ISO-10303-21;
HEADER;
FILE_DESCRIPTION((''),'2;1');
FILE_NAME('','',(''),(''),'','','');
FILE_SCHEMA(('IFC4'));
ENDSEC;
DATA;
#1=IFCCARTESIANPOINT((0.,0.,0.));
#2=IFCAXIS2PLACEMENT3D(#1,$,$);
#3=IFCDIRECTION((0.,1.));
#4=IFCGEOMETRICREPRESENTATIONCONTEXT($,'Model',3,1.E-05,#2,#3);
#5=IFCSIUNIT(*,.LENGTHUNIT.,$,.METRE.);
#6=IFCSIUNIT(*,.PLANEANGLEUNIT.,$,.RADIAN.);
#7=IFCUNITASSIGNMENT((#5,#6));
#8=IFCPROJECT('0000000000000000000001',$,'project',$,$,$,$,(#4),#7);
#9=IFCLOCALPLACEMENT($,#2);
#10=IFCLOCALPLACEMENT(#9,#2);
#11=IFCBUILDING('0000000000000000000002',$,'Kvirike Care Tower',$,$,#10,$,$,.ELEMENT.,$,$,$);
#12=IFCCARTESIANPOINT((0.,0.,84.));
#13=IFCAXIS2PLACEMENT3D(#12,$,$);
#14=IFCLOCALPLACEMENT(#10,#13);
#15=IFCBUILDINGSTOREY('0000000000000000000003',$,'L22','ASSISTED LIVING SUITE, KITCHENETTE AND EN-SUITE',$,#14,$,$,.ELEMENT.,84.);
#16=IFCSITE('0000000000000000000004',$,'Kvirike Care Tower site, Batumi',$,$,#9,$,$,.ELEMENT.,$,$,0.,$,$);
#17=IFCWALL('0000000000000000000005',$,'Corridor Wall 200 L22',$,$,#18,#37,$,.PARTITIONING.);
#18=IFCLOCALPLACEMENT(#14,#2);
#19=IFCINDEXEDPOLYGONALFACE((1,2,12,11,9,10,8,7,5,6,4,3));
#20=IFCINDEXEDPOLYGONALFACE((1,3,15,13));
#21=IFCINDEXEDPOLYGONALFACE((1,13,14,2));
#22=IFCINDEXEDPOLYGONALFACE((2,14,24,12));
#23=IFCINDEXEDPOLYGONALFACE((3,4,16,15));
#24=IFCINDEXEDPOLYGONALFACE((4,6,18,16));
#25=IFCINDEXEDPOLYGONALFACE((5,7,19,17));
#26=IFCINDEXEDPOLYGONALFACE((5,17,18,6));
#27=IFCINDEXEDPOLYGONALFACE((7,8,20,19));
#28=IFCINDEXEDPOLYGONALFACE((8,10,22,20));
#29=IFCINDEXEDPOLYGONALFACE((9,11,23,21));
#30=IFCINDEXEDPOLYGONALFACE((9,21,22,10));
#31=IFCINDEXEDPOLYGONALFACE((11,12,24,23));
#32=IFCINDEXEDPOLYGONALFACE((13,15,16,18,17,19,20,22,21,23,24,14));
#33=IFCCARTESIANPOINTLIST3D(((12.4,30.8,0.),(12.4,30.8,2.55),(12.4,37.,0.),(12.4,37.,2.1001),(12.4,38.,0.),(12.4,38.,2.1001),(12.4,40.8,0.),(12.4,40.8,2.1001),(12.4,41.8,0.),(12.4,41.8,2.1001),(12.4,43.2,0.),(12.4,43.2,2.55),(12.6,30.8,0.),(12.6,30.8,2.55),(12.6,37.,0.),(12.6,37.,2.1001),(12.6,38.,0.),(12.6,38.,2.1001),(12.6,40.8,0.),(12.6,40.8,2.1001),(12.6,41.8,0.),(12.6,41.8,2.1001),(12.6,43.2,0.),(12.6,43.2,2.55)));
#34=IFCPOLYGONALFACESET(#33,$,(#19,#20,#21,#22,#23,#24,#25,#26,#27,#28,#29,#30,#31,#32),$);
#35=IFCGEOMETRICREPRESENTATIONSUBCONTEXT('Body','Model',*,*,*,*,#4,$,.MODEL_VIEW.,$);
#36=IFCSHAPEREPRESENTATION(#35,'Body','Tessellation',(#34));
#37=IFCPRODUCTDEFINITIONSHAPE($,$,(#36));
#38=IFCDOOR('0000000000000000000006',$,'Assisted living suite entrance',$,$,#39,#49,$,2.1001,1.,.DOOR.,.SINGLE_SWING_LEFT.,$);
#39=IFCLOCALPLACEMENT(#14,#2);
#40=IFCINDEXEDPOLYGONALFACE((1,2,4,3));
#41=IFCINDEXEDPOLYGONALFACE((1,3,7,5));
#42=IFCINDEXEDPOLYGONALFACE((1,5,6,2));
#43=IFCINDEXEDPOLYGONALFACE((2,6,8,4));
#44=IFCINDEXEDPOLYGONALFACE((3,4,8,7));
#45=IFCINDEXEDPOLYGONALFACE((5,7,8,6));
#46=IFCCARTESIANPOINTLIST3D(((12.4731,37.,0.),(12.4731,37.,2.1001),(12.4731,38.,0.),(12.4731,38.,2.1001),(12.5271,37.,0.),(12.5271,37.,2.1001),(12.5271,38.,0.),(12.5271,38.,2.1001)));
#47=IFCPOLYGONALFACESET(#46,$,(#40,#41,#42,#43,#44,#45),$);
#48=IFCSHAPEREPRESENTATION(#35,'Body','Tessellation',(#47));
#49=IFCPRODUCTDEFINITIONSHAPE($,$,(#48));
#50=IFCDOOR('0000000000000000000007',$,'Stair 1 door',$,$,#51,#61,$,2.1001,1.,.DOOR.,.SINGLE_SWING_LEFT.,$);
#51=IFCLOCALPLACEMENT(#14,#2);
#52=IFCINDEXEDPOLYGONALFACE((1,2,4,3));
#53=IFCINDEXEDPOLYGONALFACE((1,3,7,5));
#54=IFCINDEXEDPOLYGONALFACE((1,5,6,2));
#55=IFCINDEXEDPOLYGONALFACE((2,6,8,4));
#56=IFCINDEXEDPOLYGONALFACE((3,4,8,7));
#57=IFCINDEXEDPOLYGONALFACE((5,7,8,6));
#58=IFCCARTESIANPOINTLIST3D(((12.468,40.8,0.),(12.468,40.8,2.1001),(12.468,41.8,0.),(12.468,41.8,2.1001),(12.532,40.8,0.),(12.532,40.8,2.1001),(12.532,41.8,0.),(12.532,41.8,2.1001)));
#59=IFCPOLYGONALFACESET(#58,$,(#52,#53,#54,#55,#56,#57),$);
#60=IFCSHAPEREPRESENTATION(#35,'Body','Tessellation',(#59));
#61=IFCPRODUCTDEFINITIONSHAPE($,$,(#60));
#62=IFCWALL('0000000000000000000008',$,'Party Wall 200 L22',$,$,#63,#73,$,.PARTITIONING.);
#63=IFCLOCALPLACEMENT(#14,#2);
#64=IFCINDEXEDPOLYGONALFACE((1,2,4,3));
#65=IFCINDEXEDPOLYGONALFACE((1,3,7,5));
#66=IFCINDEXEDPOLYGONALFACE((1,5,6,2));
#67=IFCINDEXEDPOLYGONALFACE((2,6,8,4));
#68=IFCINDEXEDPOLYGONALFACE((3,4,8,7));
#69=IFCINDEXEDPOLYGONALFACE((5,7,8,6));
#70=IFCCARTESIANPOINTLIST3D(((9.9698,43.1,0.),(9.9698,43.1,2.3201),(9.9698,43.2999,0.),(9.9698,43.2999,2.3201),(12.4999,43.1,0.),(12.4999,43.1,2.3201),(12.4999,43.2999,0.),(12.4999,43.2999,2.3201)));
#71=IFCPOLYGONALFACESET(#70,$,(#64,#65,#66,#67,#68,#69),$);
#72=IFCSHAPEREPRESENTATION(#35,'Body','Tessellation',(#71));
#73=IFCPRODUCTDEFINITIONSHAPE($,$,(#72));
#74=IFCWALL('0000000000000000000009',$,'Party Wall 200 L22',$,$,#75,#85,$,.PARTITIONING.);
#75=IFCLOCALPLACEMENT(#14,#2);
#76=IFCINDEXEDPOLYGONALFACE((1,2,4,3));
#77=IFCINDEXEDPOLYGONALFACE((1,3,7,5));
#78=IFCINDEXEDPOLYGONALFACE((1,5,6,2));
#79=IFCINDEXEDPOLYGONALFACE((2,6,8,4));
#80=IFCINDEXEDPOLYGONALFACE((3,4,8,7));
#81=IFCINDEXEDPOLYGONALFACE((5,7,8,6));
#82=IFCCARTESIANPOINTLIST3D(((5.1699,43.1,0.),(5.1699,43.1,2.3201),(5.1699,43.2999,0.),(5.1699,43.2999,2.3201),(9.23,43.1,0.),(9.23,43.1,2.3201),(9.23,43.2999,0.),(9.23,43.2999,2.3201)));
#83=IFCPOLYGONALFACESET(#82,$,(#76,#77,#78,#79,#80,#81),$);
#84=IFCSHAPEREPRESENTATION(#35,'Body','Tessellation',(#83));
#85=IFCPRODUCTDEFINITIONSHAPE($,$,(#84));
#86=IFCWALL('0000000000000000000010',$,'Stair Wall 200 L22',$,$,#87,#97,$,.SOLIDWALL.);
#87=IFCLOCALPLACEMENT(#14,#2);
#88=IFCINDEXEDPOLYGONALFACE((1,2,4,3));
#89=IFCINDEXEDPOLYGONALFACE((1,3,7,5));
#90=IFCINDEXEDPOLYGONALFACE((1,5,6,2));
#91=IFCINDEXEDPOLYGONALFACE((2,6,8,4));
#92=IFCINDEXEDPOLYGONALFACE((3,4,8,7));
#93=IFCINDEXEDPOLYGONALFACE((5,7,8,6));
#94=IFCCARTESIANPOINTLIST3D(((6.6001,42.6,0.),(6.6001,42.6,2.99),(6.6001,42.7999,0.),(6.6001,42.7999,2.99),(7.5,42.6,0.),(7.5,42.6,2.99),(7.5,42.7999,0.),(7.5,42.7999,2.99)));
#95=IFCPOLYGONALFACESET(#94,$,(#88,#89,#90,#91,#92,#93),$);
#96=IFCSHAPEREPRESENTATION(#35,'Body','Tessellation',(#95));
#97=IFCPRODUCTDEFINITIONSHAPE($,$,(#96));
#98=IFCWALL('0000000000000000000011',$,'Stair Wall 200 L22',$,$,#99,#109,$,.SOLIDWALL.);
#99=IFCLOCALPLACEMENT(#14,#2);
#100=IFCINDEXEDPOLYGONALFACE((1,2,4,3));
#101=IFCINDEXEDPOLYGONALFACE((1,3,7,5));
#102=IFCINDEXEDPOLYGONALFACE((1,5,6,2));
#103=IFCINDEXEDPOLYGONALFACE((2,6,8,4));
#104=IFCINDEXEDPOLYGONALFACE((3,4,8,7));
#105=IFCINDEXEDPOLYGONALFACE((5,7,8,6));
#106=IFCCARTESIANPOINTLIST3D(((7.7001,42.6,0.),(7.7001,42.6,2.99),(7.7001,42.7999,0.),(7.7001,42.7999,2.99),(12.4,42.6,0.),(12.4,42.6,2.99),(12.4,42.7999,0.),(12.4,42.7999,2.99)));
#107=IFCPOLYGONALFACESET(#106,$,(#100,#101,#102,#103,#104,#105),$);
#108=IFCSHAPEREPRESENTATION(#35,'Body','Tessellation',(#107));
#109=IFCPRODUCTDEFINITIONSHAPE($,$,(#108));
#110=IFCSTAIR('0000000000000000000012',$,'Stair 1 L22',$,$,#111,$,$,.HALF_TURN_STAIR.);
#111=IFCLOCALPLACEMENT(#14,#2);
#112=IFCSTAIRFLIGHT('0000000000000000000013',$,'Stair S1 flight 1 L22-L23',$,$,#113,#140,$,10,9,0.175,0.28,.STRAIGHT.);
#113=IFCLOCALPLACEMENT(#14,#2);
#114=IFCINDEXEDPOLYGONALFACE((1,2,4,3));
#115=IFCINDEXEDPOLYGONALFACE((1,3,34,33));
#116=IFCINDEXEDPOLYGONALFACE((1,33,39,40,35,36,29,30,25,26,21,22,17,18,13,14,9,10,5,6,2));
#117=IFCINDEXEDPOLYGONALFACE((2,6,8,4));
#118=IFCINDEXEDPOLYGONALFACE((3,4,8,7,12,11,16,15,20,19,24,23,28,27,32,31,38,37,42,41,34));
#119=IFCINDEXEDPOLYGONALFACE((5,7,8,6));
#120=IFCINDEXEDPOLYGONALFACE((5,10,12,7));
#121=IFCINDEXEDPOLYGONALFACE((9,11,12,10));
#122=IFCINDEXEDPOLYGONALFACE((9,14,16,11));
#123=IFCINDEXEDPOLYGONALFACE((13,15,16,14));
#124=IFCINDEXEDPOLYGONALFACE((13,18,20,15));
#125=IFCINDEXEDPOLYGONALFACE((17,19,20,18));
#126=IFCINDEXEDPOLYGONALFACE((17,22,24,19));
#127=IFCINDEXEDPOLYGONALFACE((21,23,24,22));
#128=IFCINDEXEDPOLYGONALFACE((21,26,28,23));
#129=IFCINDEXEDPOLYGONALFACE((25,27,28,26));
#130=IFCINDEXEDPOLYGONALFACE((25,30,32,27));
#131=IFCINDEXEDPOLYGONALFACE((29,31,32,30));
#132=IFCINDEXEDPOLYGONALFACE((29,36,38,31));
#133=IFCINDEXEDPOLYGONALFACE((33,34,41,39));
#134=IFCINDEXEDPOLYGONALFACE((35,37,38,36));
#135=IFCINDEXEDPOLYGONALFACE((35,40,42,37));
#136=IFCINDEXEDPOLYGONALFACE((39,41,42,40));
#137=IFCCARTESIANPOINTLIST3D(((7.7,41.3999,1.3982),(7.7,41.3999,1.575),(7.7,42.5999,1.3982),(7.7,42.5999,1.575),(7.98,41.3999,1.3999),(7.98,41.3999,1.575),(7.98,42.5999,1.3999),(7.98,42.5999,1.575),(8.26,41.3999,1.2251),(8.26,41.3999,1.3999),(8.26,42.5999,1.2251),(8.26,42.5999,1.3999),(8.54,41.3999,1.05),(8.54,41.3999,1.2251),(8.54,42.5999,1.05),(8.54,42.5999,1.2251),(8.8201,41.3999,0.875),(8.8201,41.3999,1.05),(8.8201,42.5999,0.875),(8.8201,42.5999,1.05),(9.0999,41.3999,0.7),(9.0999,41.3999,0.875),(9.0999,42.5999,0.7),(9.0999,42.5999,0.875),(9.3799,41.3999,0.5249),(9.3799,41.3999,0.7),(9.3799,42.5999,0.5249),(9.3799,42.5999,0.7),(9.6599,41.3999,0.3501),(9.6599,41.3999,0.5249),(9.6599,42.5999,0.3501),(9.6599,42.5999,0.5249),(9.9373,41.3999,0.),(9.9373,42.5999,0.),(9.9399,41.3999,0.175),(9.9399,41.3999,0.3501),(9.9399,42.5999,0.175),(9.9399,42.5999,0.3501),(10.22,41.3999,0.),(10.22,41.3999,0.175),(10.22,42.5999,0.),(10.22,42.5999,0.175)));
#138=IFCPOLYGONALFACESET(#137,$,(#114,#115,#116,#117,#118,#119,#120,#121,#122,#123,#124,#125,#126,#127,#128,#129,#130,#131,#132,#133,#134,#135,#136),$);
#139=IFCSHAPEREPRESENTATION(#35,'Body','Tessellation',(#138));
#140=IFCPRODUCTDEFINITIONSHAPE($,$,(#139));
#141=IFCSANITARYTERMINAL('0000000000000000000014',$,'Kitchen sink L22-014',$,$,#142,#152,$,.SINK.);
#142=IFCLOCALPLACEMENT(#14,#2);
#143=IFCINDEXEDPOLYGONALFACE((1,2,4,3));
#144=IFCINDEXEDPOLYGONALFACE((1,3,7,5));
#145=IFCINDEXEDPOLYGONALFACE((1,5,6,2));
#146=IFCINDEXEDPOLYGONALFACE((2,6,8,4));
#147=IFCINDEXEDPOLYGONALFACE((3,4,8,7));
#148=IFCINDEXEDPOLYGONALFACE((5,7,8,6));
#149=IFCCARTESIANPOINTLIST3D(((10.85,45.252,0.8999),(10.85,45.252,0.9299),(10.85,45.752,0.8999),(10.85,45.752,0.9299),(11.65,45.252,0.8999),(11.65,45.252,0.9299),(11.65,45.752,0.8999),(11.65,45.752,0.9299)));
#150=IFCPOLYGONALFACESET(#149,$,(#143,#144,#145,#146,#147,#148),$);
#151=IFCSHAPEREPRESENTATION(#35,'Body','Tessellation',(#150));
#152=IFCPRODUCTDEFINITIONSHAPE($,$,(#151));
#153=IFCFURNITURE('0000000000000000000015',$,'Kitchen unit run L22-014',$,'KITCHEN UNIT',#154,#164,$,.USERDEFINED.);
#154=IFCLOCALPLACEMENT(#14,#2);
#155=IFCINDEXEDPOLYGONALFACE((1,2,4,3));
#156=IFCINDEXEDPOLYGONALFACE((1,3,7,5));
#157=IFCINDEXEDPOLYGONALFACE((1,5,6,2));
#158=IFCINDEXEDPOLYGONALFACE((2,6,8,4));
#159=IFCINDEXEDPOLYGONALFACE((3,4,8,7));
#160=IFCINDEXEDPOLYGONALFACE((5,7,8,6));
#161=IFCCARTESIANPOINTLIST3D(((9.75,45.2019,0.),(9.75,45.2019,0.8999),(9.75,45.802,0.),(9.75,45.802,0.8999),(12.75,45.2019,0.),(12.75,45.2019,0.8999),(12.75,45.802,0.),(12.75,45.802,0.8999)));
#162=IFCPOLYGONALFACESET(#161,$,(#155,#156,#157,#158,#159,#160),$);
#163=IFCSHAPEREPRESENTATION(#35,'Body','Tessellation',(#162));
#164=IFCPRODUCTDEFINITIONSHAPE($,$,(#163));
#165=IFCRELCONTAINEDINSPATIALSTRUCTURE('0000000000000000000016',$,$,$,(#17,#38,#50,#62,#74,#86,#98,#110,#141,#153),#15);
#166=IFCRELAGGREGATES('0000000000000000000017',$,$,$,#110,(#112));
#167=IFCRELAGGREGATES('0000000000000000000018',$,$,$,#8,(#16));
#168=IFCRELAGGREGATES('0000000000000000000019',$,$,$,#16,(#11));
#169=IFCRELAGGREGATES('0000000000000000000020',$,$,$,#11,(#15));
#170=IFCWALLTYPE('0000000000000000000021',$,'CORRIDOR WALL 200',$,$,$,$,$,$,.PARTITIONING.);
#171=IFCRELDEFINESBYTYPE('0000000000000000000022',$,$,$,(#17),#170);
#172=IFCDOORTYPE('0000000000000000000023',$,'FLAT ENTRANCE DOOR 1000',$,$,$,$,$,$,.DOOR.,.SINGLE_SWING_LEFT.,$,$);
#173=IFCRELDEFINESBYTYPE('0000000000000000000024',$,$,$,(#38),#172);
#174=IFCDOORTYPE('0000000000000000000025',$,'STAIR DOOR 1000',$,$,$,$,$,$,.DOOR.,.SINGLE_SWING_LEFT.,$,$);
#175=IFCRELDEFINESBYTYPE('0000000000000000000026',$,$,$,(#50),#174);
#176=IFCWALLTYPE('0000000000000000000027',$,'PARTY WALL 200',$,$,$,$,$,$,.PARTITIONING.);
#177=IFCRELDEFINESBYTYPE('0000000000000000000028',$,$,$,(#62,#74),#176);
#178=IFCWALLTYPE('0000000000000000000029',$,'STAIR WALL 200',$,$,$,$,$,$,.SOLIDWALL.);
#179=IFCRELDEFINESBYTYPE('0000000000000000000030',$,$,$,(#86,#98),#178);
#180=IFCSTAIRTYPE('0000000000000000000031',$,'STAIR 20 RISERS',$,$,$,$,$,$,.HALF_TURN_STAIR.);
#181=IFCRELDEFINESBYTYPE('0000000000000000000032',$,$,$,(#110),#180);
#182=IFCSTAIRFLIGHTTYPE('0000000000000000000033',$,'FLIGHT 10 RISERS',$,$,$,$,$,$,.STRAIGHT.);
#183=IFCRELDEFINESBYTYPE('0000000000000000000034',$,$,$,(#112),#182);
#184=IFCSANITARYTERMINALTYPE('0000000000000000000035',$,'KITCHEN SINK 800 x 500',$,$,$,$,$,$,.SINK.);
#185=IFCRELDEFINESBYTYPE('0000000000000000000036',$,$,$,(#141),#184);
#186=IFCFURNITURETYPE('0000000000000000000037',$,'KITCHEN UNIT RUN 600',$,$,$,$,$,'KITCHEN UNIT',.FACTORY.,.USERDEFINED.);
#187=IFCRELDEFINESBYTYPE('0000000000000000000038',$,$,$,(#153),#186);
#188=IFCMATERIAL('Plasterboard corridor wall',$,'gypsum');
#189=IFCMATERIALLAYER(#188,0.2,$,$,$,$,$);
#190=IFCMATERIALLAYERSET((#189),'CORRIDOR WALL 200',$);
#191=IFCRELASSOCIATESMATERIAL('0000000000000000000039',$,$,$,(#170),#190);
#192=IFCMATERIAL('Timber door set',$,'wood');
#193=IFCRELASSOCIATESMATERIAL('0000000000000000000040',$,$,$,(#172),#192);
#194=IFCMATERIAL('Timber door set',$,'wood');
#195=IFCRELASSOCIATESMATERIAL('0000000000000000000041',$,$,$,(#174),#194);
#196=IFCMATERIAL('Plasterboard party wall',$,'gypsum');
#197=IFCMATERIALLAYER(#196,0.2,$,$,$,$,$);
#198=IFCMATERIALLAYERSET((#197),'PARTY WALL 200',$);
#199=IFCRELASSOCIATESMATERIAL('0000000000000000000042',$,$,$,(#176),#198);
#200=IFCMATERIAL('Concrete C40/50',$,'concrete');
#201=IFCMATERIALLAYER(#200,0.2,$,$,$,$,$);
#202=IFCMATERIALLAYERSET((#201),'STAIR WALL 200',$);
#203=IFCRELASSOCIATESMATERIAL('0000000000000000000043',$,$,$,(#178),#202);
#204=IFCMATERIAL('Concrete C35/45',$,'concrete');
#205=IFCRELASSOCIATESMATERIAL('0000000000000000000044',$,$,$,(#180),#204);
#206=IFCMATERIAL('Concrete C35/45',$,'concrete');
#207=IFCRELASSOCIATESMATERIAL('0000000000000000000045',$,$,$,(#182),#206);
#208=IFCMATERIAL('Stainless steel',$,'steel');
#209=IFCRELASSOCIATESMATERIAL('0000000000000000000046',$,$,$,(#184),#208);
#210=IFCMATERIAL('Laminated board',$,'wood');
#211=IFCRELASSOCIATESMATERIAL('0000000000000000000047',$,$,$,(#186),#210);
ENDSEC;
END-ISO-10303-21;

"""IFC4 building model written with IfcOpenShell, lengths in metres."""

from ifc_helpers import new_model, si_unit, direction, frame, frame_2d, origin, origin_2d, place, context, subcontext, project, spatial, polyline, rectangle, outline, extrude, material, layer, layer_set, type_object, element, fill, aggregate, save


model = new_model("IFC4")

# Units and contexts
model_context = context("Model", 3, precision=1e-05, world=origin(), true_north=direction((0.0, 1.0)))
body_context = subcontext(model_context, "Body", "Model", "MODEL_VIEW")
ifc_project = project(units=[si_unit("LENGTHUNIT", "METRE"), si_unit("PLANEANGLEUNIT", "RADIAN")], contexts=[model_context])

# Site, building, storey
site_placement = place(None, origin())
site = spatial("IfcSite", under=ifc_project, at=site_placement, Name="Kvirike Care Tower site, Batumi", CompositionType="ELEMENT", RefElevation=0.0)
building_placement = place(site_placement, origin())
building = spatial("IfcBuilding", under=site, at=building_placement, Name="Kvirike Care Tower", CompositionType="ELEMENT")
storey_placement = place(building_placement, frame((0.0, 0.0, 84.0)))
storey = spatial("IfcBuildingStorey", under=building, at=storey_placement, Name="L22", Description="ASSISTED LIVING SUITE, KITCHENETTE AND EN-SUITE", CompositionType="ELEMENT", Elevation=84.0)

# Wall, openings, doors
ifc_material_1 = material(Name="Plasterboard corridor wall", Category="gypsum")
ifc_layer_1 = layer(ifc_material_1, 0.2)
ifc_layer_set_1 = layer_set([ifc_layer_1], Name="CORRIDOR WALL 200")
wall_type_1 = type_object("IfcWallType", Name="CORRIDOR WALL 200", PredefinedType="PARTITIONING", material=ifc_layer_set_1)
wall_1_placement = place(storey_placement, frame((12.5, 43.2, 0.0), z_axis=(0.0, 0.0, 1.0), x_axis=(0.0, -1.0, 0.0)))
wall_1 = element("IfcWall", 1, at=wall_1_placement, inside=storey, type_object=wall_type_1, Name="Corridor Wall 200 L22", PredefinedType="PARTITIONING", context=body_context, shape_type="SweptSolid", body=[
    extrude(rectangle(XDim=12.3999, YDim=0.2, at=frame_2d((6.2, 0.0))), origin(), (0.0, 0.0, 1.0), 2.55),
])
opening_1_placement = place(wall_1_placement, frame((1.3999, 0.0, 0.0)))
opening_1 = element("IfcOpeningElement", 2, at=opening_1_placement, cuts=wall_1, PredefinedType="OPENING", context=body_context, shape_type="SweptSolid", body=[
    extrude(rectangle(XDim=1.0, YDim=2.1001, at=frame_2d((0.5, 1.05))), frame((0.0, 0.1106, 0.0), z_axis=(0.0, -1.0, 0.0), x_axis=(1.0, 0.0, 0.0)), (0.0, 0.0, 1.0), 0.2209),
])
opening_2_placement = place(wall_1_placement, frame((5.2, 0.0, 0.0)))
opening_2 = element("IfcOpeningElement", 3, at=opening_2_placement, cuts=wall_1, PredefinedType="OPENING", context=body_context, shape_type="SweptSolid", body=[
    extrude(rectangle(XDim=1.0, YDim=2.1001, at=frame_2d((0.5, 1.05))), frame((0.0, 0.1106, 0.0), z_axis=(0.0, -1.0, 0.0), x_axis=(1.0, 0.0, 0.0)), (0.0, 0.0, 1.0), 0.2209),
])
ifc_material_2 = material(Name="Timber door set", Category="wood")
door_type_1 = type_object("IfcDoorType", Name="FLAT ENTRANCE DOOR 1000", OperationType="SINGLE_SWING_LEFT", PredefinedType="DOOR", material=ifc_material_2)
door_1_placement = place(opening_2_placement, frame((1.0, 0.0, 0.0), z_axis=(0.0, 0.0, 1.0), x_axis=(-1.0, 0.0, 0.0)))
door_1 = element("IfcDoor", 4, at=door_1_placement, inside=storey, type_object=door_type_1, Name="Assisted living suite entrance", OperationType="SINGLE_SWING_LEFT", OverallHeight=2.1001, OverallWidth=1.0, PredefinedType="DOOR", context=body_context, shape_type="SweptSolid", body=[
    extrude(rectangle(XDim=1.0, YDim=2.1001, at=frame_2d((0.5, 1.05))), frame((0.0, 0.0269, 0.0), z_axis=(0.0, -1.0, 0.0), x_axis=(1.0, 0.0, 0.0)), (0.0, 0.0, 1.0), 0.054),
])
fill(opening_2, door_1)
ifc_material_3 = material(Name="Timber door set", Category="wood")
door_type_2 = type_object("IfcDoorType", Name="STAIR DOOR 1000", OperationType="SINGLE_SWING_LEFT", PredefinedType="DOOR", material=ifc_material_3)
door_2_placement = place(opening_1_placement, frame((1.0, 0.0, 0.0), z_axis=(0.0, 0.0, 1.0), x_axis=(-1.0, 0.0, 0.0)))
door_2 = element("IfcDoor", 5, at=door_2_placement, inside=storey, type_object=door_type_2, Name="Stair 1 door", OperationType="SINGLE_SWING_LEFT", OverallHeight=2.1001, OverallWidth=1.0, PredefinedType="DOOR", context=body_context, shape_type="SweptSolid", body=[
    extrude(rectangle(XDim=1.0, YDim=2.1001, at=frame_2d((0.5, 1.05))), frame((0.0, 0.032, 0.0), z_axis=(0.0, -1.0, 0.0), x_axis=(1.0, 0.0, 0.0)), (0.0, 0.0, 1.0), 0.064),
])
fill(opening_1, door_2)

# Walls
ifc_material_4 = material(Name="Plasterboard party wall", Category="gypsum")
ifc_layer_2 = layer(ifc_material_4, 0.2)
ifc_layer_set_2 = layer_set([ifc_layer_2], Name="PARTY WALL 200")
wall_type_2 = type_object("IfcWallType", Name="PARTY WALL 200", PredefinedType="PARTITIONING", material=ifc_layer_set_2)
wall_2_placement = place(storey_placement, frame((12.5, 43.2, 0.0), z_axis=(0.0, 0.0, 1.0), x_axis=(-1.0, 0.0, 0.0)))
element("IfcWall", 6, at=wall_2_placement, inside=storey, type_object=wall_type_2, Name="Party Wall 200 L22", PredefinedType="PARTITIONING", context=body_context, shape_type="SweptSolid", body=[
    extrude(rectangle(XDim=2.53, YDim=0.2, at=frame_2d((1.2651, 0.0))), origin(), (0.0, 0.0, 1.0), 2.3201),
])
wall_3_placement = place(storey_placement, frame((9.23, 43.2, 0.0), z_axis=(0.0, 0.0, 1.0), x_axis=(-1.0, 0.0, 0.0)))
element("IfcWall", 7, at=wall_3_placement, inside=storey, type_object=wall_type_2, Name="Party Wall 200 L22", PredefinedType="PARTITIONING", context=body_context, shape_type="SweptSolid", body=[
    extrude(rectangle(XDim=4.0601, YDim=0.2, at=frame_2d((2.03, 0.0))), origin(), (0.0, 0.0, 1.0), 2.3201),
])
ifc_material_5 = material(Name="Concrete C40/50", Category="concrete")
ifc_layer_3 = layer(ifc_material_5, 0.2)
ifc_layer_set_3 = layer_set([ifc_layer_3], Name="STAIR WALL 200")
wall_type_3 = type_object("IfcWallType", Name="STAIR WALL 200", PredefinedType="SOLIDWALL", material=ifc_layer_set_3)
wall_4_placement = place(storey_placement, frame((6.6001, 42.7, 0.0), z_axis=(0.0, 0.0, 1.0), x_axis=(1.0, 0.0, 0.0)))
element("IfcWall", 8, at=wall_4_placement, inside=storey, type_object=wall_type_3, Name="Stair Wall 200 L22", PredefinedType="SOLIDWALL", context=body_context, shape_type="SweptSolid", body=[
    extrude(rectangle(XDim=0.8999, YDim=0.2, at=frame_2d((0.45, 0.0))), origin(), (0.0, 0.0, 1.0), 2.99),
])
wall_5_placement = place(storey_placement, frame((7.7, 42.7, 0.0), z_axis=(0.0, 0.0, 1.0), x_axis=(1.0, 0.0, 0.0)))
element("IfcWall", 9, at=wall_5_placement, inside=storey, type_object=wall_type_3, Name="Stair Wall 200 L22", PredefinedType="SOLIDWALL", context=body_context, shape_type="SweptSolid", body=[
    extrude(rectangle(XDim=4.7, YDim=0.2, at=frame_2d((2.3501, 0.0))), origin(), (0.0, 0.0, 1.0), 2.99),
])

# Stair, stair flight
ifc_material_6 = material(Name="Concrete C35/45", Category="concrete")
stair_type = type_object("IfcStairType", Name="STAIR 20 RISERS", PredefinedType="HALF_TURN_STAIR", material=ifc_material_6)
stair_placement = place(storey_placement, origin())
stair = element("IfcStair", 10, at=stair_placement, inside=storey, type_object=stair_type, Name="Stair 1 L22", PredefinedType="HALF_TURN_STAIR")
ifc_material_7 = material(Name="Concrete C35/45", Category="concrete")
stair_flight_type = type_object("IfcStairFlightType", Name="FLIGHT 10 RISERS", PredefinedType="STRAIGHT", material=ifc_material_7)
stair_flight_placement = place(storey_placement, frame((10.22, 42.0, 0.0), z_axis=(0.0, 0.0, 1.0), x_axis=(-1.0, 0.0, 0.0)))
stair_flight = element("IfcStairFlight", 11, at=stair_flight_placement, type_object=stair_flight_type, Name="Stair S1 flight 1 L22-L23", NumberOfRisers=10, NumberOfTreads=9, PredefinedType="STRAIGHT", RiserHeight=0.175, TreadLength=0.28, context=body_context, shape_type="SweptSolid", body=[
    extrude(outline(polyline([(0.0, 0.0), (0.0, 0.175), (0.28, 0.175), (0.28, 0.3501), (0.5601, 0.3501), (0.5601, 0.5249), (0.8401, 0.5249), (0.8401, 0.7), (1.1201, 0.7), (1.1201, 0.875), (1.3999, 0.875), (1.3999, 1.05), (1.6799, 1.05), (1.6799, 1.2251), (1.96, 1.2251), (1.96, 1.3999), (2.24, 1.3999), (2.24, 1.575), (2.52, 1.575), (2.52, 1.75), (2.52, 1.3982), (0.2827, 0.0), (0.0, 0.0)])), frame((0.0, 0.6001, 0.0), z_axis=(0.0, -1.0, 0.0), x_axis=(1.0, 0.0, 0.0)), (0.0, 0.0, 1.0), 1.2),
])
aggregate(stair, [stair_flight])

# Sanitary terminal
ifc_material_8 = material(Name="Stainless steel", Category="steel")
sanitary_terminal_type = type_object("IfcSanitaryTerminalType", Name="KITCHEN SINK 800 x 500", PredefinedType="SINK", material=ifc_material_8)
sanitary_terminal_placement = place(storey_placement, frame((11.25, 45.502, 0.8999), z_axis=(0.0, 0.0, 1.0), x_axis=(-1.0, 0.0, 0.0)))
element("IfcSanitaryTerminal", 12, at=sanitary_terminal_placement, inside=storey, type_object=sanitary_terminal_type, Name="Kitchen sink L22-014", PredefinedType="SINK", context=body_context, shape_type="SweptSolid", body=[
    extrude(rectangle(XDim=0.8, YDim=0.5, at=origin_2d()), origin(), (0.0, 0.0, 1.0), 0.03),
])

# Furniture
ifc_material_9 = material(Name="Laminated board", Category="wood")
furniture_type = type_object("IfcFurnitureType", Name="KITCHEN UNIT RUN 600", ElementType="KITCHEN UNIT", AssemblyPlace="FACTORY", PredefinedType="USERDEFINED", material=ifc_material_9)
furniture_placement = place(storey_placement, frame((11.25, 45.502, 0.0), z_axis=(0.0, 0.0, 1.0), x_axis=(-1.0, 0.0, 0.0)))
element("IfcFurniture", 13, at=furniture_placement, inside=storey, type_object=furniture_type, Name="Kitchen unit run L22-014", ObjectType="KITCHEN UNIT", PredefinedType="USERDEFINED", context=body_context, shape_type="SweptSolid", body=[
    extrude(rectangle(XDim=3.0, YDim=0.6001, at=origin_2d()), origin(), (0.0, 0.0, 1.0), 0.8999),
])

save(model, "model.ifc")
